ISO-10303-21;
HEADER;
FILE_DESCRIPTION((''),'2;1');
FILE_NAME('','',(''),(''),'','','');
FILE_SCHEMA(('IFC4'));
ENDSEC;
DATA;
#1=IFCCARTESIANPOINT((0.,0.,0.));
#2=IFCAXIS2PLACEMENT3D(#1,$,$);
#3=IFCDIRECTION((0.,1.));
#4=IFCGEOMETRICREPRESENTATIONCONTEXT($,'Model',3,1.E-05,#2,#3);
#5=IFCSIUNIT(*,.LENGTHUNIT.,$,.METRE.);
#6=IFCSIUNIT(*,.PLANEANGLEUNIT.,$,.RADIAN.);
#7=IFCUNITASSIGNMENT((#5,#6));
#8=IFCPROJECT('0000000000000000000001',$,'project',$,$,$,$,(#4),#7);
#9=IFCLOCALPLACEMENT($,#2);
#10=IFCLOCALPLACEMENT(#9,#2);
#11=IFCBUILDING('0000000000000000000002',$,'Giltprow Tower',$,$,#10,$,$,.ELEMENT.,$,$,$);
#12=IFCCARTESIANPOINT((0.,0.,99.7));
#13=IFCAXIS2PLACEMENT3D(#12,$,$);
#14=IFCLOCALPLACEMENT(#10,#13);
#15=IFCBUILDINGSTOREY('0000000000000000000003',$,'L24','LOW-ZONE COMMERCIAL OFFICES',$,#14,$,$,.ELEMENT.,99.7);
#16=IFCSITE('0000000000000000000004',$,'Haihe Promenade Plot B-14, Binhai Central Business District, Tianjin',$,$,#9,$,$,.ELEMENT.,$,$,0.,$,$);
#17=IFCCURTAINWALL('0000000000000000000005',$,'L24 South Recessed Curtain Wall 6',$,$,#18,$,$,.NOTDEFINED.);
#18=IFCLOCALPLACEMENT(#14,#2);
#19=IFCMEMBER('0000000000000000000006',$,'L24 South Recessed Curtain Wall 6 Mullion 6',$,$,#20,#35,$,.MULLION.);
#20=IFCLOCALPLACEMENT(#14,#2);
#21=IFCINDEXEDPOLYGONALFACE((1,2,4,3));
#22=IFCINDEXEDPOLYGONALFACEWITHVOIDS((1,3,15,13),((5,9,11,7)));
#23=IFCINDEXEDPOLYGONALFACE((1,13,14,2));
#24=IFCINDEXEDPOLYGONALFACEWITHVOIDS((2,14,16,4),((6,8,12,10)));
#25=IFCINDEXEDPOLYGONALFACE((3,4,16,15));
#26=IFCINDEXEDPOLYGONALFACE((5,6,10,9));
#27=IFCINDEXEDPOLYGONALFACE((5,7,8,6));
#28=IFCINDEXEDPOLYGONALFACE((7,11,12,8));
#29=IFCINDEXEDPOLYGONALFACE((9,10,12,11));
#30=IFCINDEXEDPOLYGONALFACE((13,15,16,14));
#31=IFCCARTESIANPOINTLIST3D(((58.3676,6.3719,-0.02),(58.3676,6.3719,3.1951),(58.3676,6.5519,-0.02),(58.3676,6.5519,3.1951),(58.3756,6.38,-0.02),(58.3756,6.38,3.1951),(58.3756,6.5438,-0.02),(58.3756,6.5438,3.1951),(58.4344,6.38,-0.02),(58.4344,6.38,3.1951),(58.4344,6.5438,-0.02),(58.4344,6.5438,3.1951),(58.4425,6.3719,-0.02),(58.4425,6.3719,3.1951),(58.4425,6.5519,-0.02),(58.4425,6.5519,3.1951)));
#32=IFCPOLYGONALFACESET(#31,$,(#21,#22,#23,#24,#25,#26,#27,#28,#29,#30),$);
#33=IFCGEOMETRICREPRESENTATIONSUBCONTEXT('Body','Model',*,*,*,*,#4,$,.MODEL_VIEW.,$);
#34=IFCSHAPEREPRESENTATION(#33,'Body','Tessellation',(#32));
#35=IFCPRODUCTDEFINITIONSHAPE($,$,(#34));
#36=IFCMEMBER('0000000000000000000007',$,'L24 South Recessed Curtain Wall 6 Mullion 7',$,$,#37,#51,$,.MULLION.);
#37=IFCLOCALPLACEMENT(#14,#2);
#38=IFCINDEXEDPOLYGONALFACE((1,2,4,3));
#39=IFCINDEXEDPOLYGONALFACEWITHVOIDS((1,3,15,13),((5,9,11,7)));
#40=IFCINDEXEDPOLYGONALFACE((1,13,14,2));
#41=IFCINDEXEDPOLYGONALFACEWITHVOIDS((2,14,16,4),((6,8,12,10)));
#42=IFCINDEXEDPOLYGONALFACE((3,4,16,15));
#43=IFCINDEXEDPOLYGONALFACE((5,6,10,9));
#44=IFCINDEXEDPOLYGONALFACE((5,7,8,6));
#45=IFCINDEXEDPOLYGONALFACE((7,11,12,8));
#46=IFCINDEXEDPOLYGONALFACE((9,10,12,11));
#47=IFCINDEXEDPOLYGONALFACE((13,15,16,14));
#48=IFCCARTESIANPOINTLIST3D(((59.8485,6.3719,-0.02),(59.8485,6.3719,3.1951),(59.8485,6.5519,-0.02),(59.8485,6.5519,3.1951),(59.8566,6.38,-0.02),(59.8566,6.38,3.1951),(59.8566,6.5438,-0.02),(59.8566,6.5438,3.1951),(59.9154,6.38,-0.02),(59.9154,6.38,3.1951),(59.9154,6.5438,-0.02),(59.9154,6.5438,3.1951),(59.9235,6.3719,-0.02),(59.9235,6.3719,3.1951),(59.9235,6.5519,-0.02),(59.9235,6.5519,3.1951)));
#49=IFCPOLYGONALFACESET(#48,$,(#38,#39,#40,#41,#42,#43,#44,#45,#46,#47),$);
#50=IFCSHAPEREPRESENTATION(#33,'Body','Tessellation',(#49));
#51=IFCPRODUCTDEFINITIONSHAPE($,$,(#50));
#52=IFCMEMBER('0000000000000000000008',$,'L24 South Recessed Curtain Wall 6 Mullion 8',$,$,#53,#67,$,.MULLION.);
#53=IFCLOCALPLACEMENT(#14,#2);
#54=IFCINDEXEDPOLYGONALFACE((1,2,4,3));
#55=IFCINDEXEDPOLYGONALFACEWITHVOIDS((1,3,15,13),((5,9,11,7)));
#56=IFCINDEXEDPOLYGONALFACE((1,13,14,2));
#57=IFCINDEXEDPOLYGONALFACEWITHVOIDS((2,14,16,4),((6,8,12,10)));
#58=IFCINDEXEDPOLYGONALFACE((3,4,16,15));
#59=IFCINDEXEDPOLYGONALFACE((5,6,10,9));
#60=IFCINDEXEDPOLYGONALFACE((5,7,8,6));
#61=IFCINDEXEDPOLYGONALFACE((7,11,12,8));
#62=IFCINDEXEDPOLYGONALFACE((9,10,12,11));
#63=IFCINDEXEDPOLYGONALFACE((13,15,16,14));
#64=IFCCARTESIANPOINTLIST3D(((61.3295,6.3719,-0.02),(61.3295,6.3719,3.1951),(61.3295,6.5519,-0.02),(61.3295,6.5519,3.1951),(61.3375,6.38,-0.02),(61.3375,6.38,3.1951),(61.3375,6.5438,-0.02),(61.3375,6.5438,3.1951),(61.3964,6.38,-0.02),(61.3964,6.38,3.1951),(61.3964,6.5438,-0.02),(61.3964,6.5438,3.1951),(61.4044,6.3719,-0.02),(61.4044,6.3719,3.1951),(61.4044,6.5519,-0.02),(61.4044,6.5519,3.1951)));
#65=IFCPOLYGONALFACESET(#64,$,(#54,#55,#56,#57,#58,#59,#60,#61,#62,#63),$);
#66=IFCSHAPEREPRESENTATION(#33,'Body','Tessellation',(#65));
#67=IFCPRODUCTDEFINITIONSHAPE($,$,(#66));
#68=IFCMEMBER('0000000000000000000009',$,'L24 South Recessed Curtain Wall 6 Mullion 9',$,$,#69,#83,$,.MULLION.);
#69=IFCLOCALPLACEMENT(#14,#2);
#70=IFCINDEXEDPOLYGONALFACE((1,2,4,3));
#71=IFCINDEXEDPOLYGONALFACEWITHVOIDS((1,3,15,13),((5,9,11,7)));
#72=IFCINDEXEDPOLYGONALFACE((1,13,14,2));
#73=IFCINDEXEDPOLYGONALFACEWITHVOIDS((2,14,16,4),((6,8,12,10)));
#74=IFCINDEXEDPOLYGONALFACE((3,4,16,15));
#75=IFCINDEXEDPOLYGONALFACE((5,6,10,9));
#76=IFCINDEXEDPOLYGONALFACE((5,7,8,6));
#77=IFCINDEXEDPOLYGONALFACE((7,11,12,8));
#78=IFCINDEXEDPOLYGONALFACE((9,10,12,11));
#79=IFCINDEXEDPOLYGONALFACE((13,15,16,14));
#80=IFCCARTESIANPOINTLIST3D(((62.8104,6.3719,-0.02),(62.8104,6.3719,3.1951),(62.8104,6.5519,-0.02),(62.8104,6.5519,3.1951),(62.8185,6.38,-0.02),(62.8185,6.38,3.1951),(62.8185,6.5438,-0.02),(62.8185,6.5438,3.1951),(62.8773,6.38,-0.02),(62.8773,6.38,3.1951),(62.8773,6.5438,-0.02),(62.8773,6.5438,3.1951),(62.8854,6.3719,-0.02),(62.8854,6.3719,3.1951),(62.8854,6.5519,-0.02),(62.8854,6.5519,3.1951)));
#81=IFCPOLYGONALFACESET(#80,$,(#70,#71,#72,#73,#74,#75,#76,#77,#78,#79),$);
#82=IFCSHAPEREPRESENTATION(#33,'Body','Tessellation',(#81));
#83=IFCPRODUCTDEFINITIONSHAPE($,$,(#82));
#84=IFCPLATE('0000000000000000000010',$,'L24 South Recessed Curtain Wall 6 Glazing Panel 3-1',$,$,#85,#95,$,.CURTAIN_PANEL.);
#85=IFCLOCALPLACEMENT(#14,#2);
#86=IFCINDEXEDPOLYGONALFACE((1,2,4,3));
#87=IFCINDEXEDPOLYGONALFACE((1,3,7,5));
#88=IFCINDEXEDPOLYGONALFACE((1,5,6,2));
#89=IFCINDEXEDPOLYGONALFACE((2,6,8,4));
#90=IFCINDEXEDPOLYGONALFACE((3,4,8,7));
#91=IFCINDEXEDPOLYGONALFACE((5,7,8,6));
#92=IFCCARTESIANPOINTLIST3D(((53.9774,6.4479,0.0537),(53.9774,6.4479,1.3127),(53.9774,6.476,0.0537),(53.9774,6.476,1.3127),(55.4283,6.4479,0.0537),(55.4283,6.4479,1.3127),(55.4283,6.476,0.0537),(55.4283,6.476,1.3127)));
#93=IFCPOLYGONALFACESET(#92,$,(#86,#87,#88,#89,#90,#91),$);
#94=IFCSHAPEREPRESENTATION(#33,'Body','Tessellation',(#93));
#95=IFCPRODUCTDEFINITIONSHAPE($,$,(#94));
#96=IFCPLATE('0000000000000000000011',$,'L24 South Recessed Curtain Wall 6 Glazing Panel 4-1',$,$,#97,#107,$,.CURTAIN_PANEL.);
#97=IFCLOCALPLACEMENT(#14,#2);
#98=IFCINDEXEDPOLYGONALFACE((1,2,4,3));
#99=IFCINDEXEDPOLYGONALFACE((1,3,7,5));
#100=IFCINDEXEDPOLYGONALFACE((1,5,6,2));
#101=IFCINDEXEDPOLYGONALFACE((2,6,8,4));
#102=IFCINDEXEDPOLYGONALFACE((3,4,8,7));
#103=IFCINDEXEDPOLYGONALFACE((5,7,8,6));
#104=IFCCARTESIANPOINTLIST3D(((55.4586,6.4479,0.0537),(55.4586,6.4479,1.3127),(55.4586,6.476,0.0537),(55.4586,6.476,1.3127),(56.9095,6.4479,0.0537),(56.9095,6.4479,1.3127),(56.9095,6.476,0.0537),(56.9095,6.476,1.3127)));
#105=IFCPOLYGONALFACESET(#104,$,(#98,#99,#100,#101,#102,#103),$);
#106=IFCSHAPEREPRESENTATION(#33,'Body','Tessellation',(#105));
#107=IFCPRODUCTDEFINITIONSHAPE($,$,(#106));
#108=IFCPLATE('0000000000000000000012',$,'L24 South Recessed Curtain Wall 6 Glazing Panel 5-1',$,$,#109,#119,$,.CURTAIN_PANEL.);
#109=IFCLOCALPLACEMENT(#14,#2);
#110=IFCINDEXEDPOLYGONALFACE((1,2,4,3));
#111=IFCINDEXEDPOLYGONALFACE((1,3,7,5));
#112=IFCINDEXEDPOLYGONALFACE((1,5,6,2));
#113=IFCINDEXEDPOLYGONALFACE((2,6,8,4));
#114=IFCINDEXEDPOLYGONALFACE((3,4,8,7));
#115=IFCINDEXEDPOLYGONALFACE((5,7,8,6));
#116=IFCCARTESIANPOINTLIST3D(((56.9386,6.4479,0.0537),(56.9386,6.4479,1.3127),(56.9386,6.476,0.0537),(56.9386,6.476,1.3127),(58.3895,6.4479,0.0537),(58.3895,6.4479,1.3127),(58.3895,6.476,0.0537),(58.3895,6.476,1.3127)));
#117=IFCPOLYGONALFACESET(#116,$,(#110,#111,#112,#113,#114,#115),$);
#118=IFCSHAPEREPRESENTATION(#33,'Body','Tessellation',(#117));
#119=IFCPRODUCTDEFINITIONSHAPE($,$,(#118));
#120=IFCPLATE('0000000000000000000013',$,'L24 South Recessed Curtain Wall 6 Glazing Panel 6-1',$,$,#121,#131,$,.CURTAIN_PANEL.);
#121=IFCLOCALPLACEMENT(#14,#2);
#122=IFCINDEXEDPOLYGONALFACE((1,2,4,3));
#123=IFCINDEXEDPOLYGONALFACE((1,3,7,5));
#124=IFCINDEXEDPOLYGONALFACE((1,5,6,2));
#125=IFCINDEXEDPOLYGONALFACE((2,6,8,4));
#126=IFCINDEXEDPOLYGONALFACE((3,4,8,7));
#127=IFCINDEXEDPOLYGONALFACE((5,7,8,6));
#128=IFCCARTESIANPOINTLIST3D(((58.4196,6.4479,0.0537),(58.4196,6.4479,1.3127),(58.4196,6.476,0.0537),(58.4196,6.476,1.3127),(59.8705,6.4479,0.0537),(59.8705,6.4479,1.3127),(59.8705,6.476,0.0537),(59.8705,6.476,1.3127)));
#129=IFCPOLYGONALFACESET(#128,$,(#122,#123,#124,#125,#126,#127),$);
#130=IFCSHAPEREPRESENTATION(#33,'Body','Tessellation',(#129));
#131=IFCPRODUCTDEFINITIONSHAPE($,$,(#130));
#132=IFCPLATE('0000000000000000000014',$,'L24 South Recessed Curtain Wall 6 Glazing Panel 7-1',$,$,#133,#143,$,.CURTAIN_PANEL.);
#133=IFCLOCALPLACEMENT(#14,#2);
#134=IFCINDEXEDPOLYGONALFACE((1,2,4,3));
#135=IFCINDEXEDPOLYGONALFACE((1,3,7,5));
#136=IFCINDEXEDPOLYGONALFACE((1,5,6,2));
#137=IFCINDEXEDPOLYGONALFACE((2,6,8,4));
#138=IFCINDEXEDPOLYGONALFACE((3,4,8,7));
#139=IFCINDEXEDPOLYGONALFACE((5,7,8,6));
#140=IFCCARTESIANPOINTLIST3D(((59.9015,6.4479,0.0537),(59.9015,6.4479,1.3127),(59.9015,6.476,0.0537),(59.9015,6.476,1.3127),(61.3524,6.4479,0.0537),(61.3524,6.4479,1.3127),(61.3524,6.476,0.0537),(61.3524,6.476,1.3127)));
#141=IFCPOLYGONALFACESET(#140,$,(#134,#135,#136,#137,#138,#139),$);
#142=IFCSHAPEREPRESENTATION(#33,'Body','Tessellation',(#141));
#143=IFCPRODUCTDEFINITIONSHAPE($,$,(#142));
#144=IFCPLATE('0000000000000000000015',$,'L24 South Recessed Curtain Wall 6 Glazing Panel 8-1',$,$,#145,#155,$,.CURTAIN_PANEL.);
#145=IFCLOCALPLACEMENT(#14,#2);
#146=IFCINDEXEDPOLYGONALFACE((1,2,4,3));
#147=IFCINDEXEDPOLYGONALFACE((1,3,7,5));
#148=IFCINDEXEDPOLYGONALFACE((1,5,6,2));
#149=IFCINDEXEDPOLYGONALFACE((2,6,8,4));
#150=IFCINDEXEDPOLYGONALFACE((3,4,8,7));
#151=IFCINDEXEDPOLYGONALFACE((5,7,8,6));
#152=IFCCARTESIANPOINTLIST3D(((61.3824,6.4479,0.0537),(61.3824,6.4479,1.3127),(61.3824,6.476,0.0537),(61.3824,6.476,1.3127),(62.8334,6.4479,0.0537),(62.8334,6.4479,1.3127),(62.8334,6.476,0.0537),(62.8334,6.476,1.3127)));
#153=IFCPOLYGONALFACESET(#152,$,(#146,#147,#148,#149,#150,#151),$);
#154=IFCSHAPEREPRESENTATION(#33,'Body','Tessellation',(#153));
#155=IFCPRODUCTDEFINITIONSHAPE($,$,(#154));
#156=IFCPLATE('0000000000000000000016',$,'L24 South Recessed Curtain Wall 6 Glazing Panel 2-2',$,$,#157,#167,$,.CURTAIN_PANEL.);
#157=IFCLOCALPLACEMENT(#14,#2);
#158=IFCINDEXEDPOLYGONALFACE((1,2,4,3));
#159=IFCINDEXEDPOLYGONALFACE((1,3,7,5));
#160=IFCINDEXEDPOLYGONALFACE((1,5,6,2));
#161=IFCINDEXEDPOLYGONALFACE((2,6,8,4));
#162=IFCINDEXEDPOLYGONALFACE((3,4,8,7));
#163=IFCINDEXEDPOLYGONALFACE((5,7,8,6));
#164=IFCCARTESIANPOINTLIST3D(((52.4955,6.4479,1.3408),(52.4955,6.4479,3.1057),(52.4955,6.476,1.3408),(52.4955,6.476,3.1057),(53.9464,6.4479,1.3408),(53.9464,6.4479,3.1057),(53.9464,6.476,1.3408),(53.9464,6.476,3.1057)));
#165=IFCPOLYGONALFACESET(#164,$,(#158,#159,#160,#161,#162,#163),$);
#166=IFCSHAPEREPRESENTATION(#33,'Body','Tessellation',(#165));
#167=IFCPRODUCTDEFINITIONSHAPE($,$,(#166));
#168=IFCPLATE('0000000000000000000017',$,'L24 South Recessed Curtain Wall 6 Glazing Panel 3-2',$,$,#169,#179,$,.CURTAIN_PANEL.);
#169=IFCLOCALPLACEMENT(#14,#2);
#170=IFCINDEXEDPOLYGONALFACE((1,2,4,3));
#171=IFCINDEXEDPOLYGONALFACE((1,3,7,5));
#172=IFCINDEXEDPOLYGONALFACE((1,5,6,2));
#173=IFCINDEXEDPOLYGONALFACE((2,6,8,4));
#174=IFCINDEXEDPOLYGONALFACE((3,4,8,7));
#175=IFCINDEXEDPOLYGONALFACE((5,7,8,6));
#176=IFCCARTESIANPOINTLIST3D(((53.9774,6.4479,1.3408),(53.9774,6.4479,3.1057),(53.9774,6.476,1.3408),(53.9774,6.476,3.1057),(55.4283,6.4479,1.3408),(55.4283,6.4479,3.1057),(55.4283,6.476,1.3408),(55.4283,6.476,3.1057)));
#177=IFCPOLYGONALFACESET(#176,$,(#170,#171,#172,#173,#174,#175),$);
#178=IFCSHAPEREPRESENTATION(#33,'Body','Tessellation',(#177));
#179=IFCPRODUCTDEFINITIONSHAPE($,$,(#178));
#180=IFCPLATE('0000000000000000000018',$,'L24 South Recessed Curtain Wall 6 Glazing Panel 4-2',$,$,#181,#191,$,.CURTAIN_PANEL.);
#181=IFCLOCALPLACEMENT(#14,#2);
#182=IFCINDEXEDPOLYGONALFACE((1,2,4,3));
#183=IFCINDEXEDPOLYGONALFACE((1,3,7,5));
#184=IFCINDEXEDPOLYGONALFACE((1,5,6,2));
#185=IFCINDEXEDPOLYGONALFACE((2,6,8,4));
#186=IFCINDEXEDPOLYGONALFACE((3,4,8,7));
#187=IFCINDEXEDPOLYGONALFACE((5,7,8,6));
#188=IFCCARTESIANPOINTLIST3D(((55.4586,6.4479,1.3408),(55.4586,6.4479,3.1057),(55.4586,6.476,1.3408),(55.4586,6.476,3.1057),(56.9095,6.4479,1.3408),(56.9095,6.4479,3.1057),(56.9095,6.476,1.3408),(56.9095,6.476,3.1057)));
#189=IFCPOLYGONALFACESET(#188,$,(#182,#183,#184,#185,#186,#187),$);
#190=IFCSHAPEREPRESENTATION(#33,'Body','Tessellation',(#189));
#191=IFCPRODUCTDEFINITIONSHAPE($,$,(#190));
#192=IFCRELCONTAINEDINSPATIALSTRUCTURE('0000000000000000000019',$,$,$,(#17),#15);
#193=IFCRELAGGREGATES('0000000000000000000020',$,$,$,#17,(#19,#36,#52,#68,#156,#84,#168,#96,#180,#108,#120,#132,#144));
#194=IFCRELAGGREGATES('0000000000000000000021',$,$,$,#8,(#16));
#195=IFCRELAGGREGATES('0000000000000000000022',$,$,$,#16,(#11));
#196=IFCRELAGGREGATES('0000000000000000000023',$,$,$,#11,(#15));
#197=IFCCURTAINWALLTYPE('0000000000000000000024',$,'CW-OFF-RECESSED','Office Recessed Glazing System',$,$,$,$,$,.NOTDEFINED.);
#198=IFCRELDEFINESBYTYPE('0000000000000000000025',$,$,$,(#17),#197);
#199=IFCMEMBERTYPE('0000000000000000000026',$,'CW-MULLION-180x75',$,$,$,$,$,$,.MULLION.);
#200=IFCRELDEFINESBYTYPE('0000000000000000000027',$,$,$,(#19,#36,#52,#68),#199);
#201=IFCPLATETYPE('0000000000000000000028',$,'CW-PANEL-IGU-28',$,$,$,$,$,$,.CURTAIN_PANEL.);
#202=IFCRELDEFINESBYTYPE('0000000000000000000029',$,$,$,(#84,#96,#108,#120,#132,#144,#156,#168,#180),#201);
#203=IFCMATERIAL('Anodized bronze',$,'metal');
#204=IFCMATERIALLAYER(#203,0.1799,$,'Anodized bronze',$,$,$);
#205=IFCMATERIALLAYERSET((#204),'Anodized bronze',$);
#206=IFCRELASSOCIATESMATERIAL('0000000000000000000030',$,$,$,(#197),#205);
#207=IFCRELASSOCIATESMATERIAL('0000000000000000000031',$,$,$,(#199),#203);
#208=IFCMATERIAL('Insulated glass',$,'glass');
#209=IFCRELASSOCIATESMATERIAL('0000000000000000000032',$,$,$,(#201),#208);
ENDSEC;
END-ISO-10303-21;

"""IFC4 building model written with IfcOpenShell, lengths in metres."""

from ifc_helpers import new_model, si_unit, direction, frame, origin, origin_2d, place, context, subcontext, project, spatial, rectangle, hollow_rectangle, extrude, source, transform, mapped, material, layer, layer_set, material_profile, profile_set, type_object, element, aggregate, save


model = new_model("IFC4")

# Units and contexts
model_context = context("Model", 3, precision=1e-05, world=origin(), true_north=direction((0.0, 1.0)))
body_context = subcontext(model_context, "Body", "Model", "MODEL_VIEW")
ifc_project = project(units=[si_unit("LENGTHUNIT", "METRE"), si_unit("PLANEANGLEUNIT", "RADIAN")], contexts=[model_context])

# Site, building, storey
site_placement = place(None, origin())
site = spatial("IfcSite", under=ifc_project, at=site_placement, Name="Haihe Promenade Plot B-14, Binhai Central Business District, Tianjin", CompositionType="ELEMENT", RefElevation=0.0)
building_placement = place(site_placement, origin())
building = spatial("IfcBuilding", under=site, at=building_placement, Name="Giltprow Tower", CompositionType="ELEMENT")
storey_placement = place(building_placement, frame((0.0, 0.0, 99.7)))
storey = spatial("IfcBuildingStorey", under=building, at=storey_placement, Name="L24", Description="LOW-ZONE COMMERCIAL OFFICES", CompositionType="ELEMENT", Elevation=99.7)

# Curtain wall, members, plates
ifc_material_1 = material(Name="Anodized bronze", Category="metal")
ifc_layer_1 = layer(ifc_material_1, 0.1799, Name="Anodized bronze")
ifc_layer_set_1 = layer_set([ifc_layer_1], Name="Anodized bronze")
curtain_wall_type = type_object("IfcCurtainWallType", Name="CW-OFF-RECESSED", Description="Office Recessed Glazing System", PredefinedType="NOTDEFINED", material=ifc_layer_set_1)
curtain_wall_placement = place(storey_placement, origin())
curtain_wall = element("IfcCurtainWall", 1, at=curtain_wall_placement, inside=storey, type_object=curtain_wall_type, Name="L24 South Recessed Curtain Wall 6", PredefinedType="NOTDEFINED")
ifc_material_profile_1 = material_profile(ifc_material_1, hollow_rectangle(XDim=0.075, YDim=0.1799, WallThickness=0.0081, at=origin_2d()), Name="RHS 180x75x8")
ifc_profile_set_1 = profile_set([ifc_material_profile_1], Name="Anodized bronze")
member_type = type_object("IfcMemberType", Name="CW-MULLION-180x75", PredefinedType="MULLION", material=ifc_profile_set_1)
shared_shape_1 = source(origin(), body_context, "Body", "SweptSolid", [
    extrude(hollow_rectangle(XDim=0.075, YDim=0.1799, WallThickness=0.0081, at=origin_2d()), origin(), (0.0, 0.0, 1.0), 3.2151),
])
member_1_placement = place(storey_placement, frame((58.405, 6.4619, -0.02), z_axis=(0.0, 0.0, 1.0), x_axis=(1.0, 0.0, 0.0)))
member_1 = element("IfcMember", 2, at=member_1_placement, type_object=member_type, Name="L24 South Recessed Curtain Wall 6 Mullion 6", PredefinedType="MULLION", context=body_context, shape_type="MappedRepresentation", body=[
    mapped(shared_shape_1, transform((0.0, 0.0, 0.0), x_axis=(1.0, 0.0, 0.0), y_axis=(0.0, 1.0, 0.0), z_axis=(0.0, 0.0, 1.0), scale=1.0)),
])
member_2_placement = place(storey_placement, frame((59.886, 6.4619, -0.02), z_axis=(0.0, 0.0, 1.0), x_axis=(1.0, 0.0, 0.0)))
member_2 = element("IfcMember", 3, at=member_2_placement, type_object=member_type, Name="L24 South Recessed Curtain Wall 6 Mullion 7", PredefinedType="MULLION", context=body_context, shape_type="MappedRepresentation", body=[
    mapped(shared_shape_1, transform((0.0, 0.0, 0.0), x_axis=(1.0, 0.0, 0.0), y_axis=(0.0, 1.0, 0.0), z_axis=(0.0, 0.0, 1.0), scale=1.0)),
])
member_3_placement = place(storey_placement, frame((61.3669, 6.4619, -0.02), z_axis=(0.0, 0.0, 1.0), x_axis=(1.0, 0.0, 0.0)))
member_3 = element("IfcMember", 4, at=member_3_placement, type_object=member_type, Name="L24 South Recessed Curtain Wall 6 Mullion 8", PredefinedType="MULLION", context=body_context, shape_type="MappedRepresentation", body=[
    mapped(shared_shape_1, transform((0.0, 0.0, 0.0), x_axis=(1.0, 0.0, 0.0), y_axis=(0.0, 1.0, 0.0), z_axis=(0.0, 0.0, 1.0), scale=1.0)),
])
member_4_placement = place(storey_placement, frame((62.8479, 6.4619, -0.02), z_axis=(0.0, 0.0, 1.0), x_axis=(1.0, 0.0, 0.0)))
member_4 = element("IfcMember", 5, at=member_4_placement, type_object=member_type, Name="L24 South Recessed Curtain Wall 6 Mullion 9", PredefinedType="MULLION", context=body_context, shape_type="MappedRepresentation", body=[
    mapped(shared_shape_1, transform((0.0, 0.0, 0.0), x_axis=(1.0, 0.0, 0.0), y_axis=(0.0, 1.0, 0.0), z_axis=(0.0, 0.0, 1.0), scale=1.0)),
])
ifc_material_2 = material(Name="Insulated glass", Category="glass")
plate_type = type_object("IfcPlateType", Name="CW-PANEL-IGU-28", PredefinedType="CURTAIN_PANEL", material=ifc_material_2)
shared_shape_2 = source(origin(), body_context, "Body", "SweptSolid", [
    extrude(rectangle(XDim=1.4509, YDim=0.0281, at=origin_2d()), origin(), (0.0, 0.0, 1.0), 1.259),
])
plate_1_placement = place(storey_placement, frame((54.7029, 6.4619, 0.0537), z_axis=(0.0, 0.0, 1.0), x_axis=(1.0, 0.0, 0.0)))
plate_1 = element("IfcPlate", 6, at=plate_1_placement, type_object=plate_type, Name="L24 South Recessed Curtain Wall 6 Glazing Panel 3-1", PredefinedType="CURTAIN_PANEL", context=body_context, shape_type="MappedRepresentation", body=[
    mapped(shared_shape_2, transform((0.0, 0.0, 0.0), x_axis=(1.0, 0.0, 0.0), y_axis=(0.0, 1.0, 0.0), z_axis=(0.0, 0.0, 1.0), scale=1.0)),
])
plate_2_placement = place(storey_placement, frame((56.1841, 6.4619, 0.0537), z_axis=(0.0, 0.0, 1.0), x_axis=(1.0, 0.0, 0.0)))
plate_2 = element("IfcPlate", 7, at=plate_2_placement, type_object=plate_type, Name="L24 South Recessed Curtain Wall 6 Glazing Panel 4-1", PredefinedType="CURTAIN_PANEL", context=body_context, shape_type="MappedRepresentation", body=[
    mapped(shared_shape_2, transform((0.0, 0.0, 0.0), x_axis=(1.0, 0.0, 0.0), y_axis=(0.0, 1.0, 0.0), z_axis=(0.0, 0.0, 1.0), scale=1.0)),
])
plate_3_placement = place(storey_placement, frame((57.6641, 6.4619, 0.0537), z_axis=(0.0, 0.0, 1.0), x_axis=(1.0, 0.0, 0.0)))
plate_3 = element("IfcPlate", 8, at=plate_3_placement, type_object=plate_type, Name="L24 South Recessed Curtain Wall 6 Glazing Panel 5-1", PredefinedType="CURTAIN_PANEL", context=body_context, shape_type="MappedRepresentation", body=[
    mapped(shared_shape_2, transform((0.0, 0.0, 0.0), x_axis=(1.0, 0.0, 0.0), y_axis=(0.0, 1.0, 0.0), z_axis=(0.0, 0.0, 1.0), scale=1.0)),
])
plate_4_placement = place(storey_placement, frame((59.145, 6.4619, 0.0537), z_axis=(0.0, 0.0, 1.0), x_axis=(1.0, 0.0, 0.0)))
plate_4 = element("IfcPlate", 9, at=plate_4_placement, type_object=plate_type, Name="L24 South Recessed Curtain Wall 6 Glazing Panel 6-1", PredefinedType="CURTAIN_PANEL", context=body_context, shape_type="MappedRepresentation", body=[
    mapped(shared_shape_2, transform((0.0, 0.0, 0.0), x_axis=(1.0, 0.0, 0.0), y_axis=(0.0, 1.0, 0.0), z_axis=(0.0, 0.0, 1.0), scale=1.0)),
])
plate_5_placement = place(storey_placement, frame((60.627, 6.4619, 0.0537), z_axis=(0.0, 0.0, 1.0), x_axis=(1.0, 0.0, 0.0)))
plate_5 = element("IfcPlate", 10, at=plate_5_placement, type_object=plate_type, Name="L24 South Recessed Curtain Wall 6 Glazing Panel 7-1", PredefinedType="CURTAIN_PANEL", context=body_context, shape_type="MappedRepresentation", body=[
    mapped(shared_shape_2, transform((0.0, 0.0, 0.0), x_axis=(1.0, 0.0, 0.0), y_axis=(0.0, 1.0, 0.0), z_axis=(0.0, 0.0, 1.0), scale=1.0)),
])
plate_6_placement = place(storey_placement, frame((62.1079, 6.4619, 0.0537), z_axis=(0.0, 0.0, 1.0), x_axis=(1.0, 0.0, 0.0)))
plate_6 = element("IfcPlate", 11, at=plate_6_placement, type_object=plate_type, Name="L24 South Recessed Curtain Wall 6 Glazing Panel 8-1", PredefinedType="CURTAIN_PANEL", context=body_context, shape_type="MappedRepresentation", body=[
    mapped(shared_shape_2, transform((0.0, 0.0, 0.0), x_axis=(1.0, 0.0, 0.0), y_axis=(0.0, 1.0, 0.0), z_axis=(0.0, 0.0, 1.0), scale=1.0)),
])
shared_shape_3 = source(origin(), body_context, "Body", "SweptSolid", [
    extrude(rectangle(XDim=1.4509, YDim=0.0281, at=origin_2d()), origin(), (0.0, 0.0, 1.0), 1.7649),
])
plate_7_placement = place(storey_placement, frame((53.2209, 6.4619, 1.3408), z_axis=(0.0, 0.0, 1.0), x_axis=(1.0, 0.0, 0.0)))
plate_7 = element("IfcPlate", 12, at=plate_7_placement, type_object=plate_type, Name="L24 South Recessed Curtain Wall 6 Glazing Panel 2-2", PredefinedType="CURTAIN_PANEL", context=body_context, shape_type="MappedRepresentation", body=[
    mapped(shared_shape_3, transform((0.0, 0.0, 0.0), x_axis=(1.0, 0.0, 0.0), y_axis=(0.0, 1.0, 0.0), z_axis=(0.0, 0.0, 1.0), scale=1.0)),
])
plate_8_placement = place(storey_placement, frame((54.7029, 6.4619, 1.3408), z_axis=(0.0, 0.0, 1.0), x_axis=(1.0, 0.0, 0.0)))
plate_8 = element("IfcPlate", 13, at=plate_8_placement, type_object=plate_type, Name="L24 South Recessed Curtain Wall 6 Glazing Panel 3-2", PredefinedType="CURTAIN_PANEL", context=body_context, shape_type="MappedRepresentation", body=[
    mapped(shared_shape_3, transform((0.0, 0.0, 0.0), x_axis=(1.0, 0.0, 0.0), y_axis=(0.0, 1.0, 0.0), z_axis=(0.0, 0.0, 1.0), scale=1.0)),
])
plate_9_placement = place(storey_placement, frame((56.1841, 6.4619, 1.3408), z_axis=(0.0, 0.0, 1.0), x_axis=(1.0, 0.0, 0.0)))
plate_9 = element("IfcPlate", 14, at=plate_9_placement, type_object=plate_type, Name="L24 South Recessed Curtain Wall 6 Glazing Panel 4-2", PredefinedType="CURTAIN_PANEL", context=body_context, shape_type="MappedRepresentation", body=[
    mapped(shared_shape_3, transform((0.0, 0.0, 0.0), x_axis=(1.0, 0.0, 0.0), y_axis=(0.0, 1.0, 0.0), z_axis=(0.0, 0.0, 1.0), scale=1.0)),
])
aggregate(curtain_wall, [member_1, member_2, member_3, member_4, plate_7, plate_1, plate_8, plate_2, plate_9, plate_3, plate_4, plate_5, plate_6])

save(model, "model.ifc")
